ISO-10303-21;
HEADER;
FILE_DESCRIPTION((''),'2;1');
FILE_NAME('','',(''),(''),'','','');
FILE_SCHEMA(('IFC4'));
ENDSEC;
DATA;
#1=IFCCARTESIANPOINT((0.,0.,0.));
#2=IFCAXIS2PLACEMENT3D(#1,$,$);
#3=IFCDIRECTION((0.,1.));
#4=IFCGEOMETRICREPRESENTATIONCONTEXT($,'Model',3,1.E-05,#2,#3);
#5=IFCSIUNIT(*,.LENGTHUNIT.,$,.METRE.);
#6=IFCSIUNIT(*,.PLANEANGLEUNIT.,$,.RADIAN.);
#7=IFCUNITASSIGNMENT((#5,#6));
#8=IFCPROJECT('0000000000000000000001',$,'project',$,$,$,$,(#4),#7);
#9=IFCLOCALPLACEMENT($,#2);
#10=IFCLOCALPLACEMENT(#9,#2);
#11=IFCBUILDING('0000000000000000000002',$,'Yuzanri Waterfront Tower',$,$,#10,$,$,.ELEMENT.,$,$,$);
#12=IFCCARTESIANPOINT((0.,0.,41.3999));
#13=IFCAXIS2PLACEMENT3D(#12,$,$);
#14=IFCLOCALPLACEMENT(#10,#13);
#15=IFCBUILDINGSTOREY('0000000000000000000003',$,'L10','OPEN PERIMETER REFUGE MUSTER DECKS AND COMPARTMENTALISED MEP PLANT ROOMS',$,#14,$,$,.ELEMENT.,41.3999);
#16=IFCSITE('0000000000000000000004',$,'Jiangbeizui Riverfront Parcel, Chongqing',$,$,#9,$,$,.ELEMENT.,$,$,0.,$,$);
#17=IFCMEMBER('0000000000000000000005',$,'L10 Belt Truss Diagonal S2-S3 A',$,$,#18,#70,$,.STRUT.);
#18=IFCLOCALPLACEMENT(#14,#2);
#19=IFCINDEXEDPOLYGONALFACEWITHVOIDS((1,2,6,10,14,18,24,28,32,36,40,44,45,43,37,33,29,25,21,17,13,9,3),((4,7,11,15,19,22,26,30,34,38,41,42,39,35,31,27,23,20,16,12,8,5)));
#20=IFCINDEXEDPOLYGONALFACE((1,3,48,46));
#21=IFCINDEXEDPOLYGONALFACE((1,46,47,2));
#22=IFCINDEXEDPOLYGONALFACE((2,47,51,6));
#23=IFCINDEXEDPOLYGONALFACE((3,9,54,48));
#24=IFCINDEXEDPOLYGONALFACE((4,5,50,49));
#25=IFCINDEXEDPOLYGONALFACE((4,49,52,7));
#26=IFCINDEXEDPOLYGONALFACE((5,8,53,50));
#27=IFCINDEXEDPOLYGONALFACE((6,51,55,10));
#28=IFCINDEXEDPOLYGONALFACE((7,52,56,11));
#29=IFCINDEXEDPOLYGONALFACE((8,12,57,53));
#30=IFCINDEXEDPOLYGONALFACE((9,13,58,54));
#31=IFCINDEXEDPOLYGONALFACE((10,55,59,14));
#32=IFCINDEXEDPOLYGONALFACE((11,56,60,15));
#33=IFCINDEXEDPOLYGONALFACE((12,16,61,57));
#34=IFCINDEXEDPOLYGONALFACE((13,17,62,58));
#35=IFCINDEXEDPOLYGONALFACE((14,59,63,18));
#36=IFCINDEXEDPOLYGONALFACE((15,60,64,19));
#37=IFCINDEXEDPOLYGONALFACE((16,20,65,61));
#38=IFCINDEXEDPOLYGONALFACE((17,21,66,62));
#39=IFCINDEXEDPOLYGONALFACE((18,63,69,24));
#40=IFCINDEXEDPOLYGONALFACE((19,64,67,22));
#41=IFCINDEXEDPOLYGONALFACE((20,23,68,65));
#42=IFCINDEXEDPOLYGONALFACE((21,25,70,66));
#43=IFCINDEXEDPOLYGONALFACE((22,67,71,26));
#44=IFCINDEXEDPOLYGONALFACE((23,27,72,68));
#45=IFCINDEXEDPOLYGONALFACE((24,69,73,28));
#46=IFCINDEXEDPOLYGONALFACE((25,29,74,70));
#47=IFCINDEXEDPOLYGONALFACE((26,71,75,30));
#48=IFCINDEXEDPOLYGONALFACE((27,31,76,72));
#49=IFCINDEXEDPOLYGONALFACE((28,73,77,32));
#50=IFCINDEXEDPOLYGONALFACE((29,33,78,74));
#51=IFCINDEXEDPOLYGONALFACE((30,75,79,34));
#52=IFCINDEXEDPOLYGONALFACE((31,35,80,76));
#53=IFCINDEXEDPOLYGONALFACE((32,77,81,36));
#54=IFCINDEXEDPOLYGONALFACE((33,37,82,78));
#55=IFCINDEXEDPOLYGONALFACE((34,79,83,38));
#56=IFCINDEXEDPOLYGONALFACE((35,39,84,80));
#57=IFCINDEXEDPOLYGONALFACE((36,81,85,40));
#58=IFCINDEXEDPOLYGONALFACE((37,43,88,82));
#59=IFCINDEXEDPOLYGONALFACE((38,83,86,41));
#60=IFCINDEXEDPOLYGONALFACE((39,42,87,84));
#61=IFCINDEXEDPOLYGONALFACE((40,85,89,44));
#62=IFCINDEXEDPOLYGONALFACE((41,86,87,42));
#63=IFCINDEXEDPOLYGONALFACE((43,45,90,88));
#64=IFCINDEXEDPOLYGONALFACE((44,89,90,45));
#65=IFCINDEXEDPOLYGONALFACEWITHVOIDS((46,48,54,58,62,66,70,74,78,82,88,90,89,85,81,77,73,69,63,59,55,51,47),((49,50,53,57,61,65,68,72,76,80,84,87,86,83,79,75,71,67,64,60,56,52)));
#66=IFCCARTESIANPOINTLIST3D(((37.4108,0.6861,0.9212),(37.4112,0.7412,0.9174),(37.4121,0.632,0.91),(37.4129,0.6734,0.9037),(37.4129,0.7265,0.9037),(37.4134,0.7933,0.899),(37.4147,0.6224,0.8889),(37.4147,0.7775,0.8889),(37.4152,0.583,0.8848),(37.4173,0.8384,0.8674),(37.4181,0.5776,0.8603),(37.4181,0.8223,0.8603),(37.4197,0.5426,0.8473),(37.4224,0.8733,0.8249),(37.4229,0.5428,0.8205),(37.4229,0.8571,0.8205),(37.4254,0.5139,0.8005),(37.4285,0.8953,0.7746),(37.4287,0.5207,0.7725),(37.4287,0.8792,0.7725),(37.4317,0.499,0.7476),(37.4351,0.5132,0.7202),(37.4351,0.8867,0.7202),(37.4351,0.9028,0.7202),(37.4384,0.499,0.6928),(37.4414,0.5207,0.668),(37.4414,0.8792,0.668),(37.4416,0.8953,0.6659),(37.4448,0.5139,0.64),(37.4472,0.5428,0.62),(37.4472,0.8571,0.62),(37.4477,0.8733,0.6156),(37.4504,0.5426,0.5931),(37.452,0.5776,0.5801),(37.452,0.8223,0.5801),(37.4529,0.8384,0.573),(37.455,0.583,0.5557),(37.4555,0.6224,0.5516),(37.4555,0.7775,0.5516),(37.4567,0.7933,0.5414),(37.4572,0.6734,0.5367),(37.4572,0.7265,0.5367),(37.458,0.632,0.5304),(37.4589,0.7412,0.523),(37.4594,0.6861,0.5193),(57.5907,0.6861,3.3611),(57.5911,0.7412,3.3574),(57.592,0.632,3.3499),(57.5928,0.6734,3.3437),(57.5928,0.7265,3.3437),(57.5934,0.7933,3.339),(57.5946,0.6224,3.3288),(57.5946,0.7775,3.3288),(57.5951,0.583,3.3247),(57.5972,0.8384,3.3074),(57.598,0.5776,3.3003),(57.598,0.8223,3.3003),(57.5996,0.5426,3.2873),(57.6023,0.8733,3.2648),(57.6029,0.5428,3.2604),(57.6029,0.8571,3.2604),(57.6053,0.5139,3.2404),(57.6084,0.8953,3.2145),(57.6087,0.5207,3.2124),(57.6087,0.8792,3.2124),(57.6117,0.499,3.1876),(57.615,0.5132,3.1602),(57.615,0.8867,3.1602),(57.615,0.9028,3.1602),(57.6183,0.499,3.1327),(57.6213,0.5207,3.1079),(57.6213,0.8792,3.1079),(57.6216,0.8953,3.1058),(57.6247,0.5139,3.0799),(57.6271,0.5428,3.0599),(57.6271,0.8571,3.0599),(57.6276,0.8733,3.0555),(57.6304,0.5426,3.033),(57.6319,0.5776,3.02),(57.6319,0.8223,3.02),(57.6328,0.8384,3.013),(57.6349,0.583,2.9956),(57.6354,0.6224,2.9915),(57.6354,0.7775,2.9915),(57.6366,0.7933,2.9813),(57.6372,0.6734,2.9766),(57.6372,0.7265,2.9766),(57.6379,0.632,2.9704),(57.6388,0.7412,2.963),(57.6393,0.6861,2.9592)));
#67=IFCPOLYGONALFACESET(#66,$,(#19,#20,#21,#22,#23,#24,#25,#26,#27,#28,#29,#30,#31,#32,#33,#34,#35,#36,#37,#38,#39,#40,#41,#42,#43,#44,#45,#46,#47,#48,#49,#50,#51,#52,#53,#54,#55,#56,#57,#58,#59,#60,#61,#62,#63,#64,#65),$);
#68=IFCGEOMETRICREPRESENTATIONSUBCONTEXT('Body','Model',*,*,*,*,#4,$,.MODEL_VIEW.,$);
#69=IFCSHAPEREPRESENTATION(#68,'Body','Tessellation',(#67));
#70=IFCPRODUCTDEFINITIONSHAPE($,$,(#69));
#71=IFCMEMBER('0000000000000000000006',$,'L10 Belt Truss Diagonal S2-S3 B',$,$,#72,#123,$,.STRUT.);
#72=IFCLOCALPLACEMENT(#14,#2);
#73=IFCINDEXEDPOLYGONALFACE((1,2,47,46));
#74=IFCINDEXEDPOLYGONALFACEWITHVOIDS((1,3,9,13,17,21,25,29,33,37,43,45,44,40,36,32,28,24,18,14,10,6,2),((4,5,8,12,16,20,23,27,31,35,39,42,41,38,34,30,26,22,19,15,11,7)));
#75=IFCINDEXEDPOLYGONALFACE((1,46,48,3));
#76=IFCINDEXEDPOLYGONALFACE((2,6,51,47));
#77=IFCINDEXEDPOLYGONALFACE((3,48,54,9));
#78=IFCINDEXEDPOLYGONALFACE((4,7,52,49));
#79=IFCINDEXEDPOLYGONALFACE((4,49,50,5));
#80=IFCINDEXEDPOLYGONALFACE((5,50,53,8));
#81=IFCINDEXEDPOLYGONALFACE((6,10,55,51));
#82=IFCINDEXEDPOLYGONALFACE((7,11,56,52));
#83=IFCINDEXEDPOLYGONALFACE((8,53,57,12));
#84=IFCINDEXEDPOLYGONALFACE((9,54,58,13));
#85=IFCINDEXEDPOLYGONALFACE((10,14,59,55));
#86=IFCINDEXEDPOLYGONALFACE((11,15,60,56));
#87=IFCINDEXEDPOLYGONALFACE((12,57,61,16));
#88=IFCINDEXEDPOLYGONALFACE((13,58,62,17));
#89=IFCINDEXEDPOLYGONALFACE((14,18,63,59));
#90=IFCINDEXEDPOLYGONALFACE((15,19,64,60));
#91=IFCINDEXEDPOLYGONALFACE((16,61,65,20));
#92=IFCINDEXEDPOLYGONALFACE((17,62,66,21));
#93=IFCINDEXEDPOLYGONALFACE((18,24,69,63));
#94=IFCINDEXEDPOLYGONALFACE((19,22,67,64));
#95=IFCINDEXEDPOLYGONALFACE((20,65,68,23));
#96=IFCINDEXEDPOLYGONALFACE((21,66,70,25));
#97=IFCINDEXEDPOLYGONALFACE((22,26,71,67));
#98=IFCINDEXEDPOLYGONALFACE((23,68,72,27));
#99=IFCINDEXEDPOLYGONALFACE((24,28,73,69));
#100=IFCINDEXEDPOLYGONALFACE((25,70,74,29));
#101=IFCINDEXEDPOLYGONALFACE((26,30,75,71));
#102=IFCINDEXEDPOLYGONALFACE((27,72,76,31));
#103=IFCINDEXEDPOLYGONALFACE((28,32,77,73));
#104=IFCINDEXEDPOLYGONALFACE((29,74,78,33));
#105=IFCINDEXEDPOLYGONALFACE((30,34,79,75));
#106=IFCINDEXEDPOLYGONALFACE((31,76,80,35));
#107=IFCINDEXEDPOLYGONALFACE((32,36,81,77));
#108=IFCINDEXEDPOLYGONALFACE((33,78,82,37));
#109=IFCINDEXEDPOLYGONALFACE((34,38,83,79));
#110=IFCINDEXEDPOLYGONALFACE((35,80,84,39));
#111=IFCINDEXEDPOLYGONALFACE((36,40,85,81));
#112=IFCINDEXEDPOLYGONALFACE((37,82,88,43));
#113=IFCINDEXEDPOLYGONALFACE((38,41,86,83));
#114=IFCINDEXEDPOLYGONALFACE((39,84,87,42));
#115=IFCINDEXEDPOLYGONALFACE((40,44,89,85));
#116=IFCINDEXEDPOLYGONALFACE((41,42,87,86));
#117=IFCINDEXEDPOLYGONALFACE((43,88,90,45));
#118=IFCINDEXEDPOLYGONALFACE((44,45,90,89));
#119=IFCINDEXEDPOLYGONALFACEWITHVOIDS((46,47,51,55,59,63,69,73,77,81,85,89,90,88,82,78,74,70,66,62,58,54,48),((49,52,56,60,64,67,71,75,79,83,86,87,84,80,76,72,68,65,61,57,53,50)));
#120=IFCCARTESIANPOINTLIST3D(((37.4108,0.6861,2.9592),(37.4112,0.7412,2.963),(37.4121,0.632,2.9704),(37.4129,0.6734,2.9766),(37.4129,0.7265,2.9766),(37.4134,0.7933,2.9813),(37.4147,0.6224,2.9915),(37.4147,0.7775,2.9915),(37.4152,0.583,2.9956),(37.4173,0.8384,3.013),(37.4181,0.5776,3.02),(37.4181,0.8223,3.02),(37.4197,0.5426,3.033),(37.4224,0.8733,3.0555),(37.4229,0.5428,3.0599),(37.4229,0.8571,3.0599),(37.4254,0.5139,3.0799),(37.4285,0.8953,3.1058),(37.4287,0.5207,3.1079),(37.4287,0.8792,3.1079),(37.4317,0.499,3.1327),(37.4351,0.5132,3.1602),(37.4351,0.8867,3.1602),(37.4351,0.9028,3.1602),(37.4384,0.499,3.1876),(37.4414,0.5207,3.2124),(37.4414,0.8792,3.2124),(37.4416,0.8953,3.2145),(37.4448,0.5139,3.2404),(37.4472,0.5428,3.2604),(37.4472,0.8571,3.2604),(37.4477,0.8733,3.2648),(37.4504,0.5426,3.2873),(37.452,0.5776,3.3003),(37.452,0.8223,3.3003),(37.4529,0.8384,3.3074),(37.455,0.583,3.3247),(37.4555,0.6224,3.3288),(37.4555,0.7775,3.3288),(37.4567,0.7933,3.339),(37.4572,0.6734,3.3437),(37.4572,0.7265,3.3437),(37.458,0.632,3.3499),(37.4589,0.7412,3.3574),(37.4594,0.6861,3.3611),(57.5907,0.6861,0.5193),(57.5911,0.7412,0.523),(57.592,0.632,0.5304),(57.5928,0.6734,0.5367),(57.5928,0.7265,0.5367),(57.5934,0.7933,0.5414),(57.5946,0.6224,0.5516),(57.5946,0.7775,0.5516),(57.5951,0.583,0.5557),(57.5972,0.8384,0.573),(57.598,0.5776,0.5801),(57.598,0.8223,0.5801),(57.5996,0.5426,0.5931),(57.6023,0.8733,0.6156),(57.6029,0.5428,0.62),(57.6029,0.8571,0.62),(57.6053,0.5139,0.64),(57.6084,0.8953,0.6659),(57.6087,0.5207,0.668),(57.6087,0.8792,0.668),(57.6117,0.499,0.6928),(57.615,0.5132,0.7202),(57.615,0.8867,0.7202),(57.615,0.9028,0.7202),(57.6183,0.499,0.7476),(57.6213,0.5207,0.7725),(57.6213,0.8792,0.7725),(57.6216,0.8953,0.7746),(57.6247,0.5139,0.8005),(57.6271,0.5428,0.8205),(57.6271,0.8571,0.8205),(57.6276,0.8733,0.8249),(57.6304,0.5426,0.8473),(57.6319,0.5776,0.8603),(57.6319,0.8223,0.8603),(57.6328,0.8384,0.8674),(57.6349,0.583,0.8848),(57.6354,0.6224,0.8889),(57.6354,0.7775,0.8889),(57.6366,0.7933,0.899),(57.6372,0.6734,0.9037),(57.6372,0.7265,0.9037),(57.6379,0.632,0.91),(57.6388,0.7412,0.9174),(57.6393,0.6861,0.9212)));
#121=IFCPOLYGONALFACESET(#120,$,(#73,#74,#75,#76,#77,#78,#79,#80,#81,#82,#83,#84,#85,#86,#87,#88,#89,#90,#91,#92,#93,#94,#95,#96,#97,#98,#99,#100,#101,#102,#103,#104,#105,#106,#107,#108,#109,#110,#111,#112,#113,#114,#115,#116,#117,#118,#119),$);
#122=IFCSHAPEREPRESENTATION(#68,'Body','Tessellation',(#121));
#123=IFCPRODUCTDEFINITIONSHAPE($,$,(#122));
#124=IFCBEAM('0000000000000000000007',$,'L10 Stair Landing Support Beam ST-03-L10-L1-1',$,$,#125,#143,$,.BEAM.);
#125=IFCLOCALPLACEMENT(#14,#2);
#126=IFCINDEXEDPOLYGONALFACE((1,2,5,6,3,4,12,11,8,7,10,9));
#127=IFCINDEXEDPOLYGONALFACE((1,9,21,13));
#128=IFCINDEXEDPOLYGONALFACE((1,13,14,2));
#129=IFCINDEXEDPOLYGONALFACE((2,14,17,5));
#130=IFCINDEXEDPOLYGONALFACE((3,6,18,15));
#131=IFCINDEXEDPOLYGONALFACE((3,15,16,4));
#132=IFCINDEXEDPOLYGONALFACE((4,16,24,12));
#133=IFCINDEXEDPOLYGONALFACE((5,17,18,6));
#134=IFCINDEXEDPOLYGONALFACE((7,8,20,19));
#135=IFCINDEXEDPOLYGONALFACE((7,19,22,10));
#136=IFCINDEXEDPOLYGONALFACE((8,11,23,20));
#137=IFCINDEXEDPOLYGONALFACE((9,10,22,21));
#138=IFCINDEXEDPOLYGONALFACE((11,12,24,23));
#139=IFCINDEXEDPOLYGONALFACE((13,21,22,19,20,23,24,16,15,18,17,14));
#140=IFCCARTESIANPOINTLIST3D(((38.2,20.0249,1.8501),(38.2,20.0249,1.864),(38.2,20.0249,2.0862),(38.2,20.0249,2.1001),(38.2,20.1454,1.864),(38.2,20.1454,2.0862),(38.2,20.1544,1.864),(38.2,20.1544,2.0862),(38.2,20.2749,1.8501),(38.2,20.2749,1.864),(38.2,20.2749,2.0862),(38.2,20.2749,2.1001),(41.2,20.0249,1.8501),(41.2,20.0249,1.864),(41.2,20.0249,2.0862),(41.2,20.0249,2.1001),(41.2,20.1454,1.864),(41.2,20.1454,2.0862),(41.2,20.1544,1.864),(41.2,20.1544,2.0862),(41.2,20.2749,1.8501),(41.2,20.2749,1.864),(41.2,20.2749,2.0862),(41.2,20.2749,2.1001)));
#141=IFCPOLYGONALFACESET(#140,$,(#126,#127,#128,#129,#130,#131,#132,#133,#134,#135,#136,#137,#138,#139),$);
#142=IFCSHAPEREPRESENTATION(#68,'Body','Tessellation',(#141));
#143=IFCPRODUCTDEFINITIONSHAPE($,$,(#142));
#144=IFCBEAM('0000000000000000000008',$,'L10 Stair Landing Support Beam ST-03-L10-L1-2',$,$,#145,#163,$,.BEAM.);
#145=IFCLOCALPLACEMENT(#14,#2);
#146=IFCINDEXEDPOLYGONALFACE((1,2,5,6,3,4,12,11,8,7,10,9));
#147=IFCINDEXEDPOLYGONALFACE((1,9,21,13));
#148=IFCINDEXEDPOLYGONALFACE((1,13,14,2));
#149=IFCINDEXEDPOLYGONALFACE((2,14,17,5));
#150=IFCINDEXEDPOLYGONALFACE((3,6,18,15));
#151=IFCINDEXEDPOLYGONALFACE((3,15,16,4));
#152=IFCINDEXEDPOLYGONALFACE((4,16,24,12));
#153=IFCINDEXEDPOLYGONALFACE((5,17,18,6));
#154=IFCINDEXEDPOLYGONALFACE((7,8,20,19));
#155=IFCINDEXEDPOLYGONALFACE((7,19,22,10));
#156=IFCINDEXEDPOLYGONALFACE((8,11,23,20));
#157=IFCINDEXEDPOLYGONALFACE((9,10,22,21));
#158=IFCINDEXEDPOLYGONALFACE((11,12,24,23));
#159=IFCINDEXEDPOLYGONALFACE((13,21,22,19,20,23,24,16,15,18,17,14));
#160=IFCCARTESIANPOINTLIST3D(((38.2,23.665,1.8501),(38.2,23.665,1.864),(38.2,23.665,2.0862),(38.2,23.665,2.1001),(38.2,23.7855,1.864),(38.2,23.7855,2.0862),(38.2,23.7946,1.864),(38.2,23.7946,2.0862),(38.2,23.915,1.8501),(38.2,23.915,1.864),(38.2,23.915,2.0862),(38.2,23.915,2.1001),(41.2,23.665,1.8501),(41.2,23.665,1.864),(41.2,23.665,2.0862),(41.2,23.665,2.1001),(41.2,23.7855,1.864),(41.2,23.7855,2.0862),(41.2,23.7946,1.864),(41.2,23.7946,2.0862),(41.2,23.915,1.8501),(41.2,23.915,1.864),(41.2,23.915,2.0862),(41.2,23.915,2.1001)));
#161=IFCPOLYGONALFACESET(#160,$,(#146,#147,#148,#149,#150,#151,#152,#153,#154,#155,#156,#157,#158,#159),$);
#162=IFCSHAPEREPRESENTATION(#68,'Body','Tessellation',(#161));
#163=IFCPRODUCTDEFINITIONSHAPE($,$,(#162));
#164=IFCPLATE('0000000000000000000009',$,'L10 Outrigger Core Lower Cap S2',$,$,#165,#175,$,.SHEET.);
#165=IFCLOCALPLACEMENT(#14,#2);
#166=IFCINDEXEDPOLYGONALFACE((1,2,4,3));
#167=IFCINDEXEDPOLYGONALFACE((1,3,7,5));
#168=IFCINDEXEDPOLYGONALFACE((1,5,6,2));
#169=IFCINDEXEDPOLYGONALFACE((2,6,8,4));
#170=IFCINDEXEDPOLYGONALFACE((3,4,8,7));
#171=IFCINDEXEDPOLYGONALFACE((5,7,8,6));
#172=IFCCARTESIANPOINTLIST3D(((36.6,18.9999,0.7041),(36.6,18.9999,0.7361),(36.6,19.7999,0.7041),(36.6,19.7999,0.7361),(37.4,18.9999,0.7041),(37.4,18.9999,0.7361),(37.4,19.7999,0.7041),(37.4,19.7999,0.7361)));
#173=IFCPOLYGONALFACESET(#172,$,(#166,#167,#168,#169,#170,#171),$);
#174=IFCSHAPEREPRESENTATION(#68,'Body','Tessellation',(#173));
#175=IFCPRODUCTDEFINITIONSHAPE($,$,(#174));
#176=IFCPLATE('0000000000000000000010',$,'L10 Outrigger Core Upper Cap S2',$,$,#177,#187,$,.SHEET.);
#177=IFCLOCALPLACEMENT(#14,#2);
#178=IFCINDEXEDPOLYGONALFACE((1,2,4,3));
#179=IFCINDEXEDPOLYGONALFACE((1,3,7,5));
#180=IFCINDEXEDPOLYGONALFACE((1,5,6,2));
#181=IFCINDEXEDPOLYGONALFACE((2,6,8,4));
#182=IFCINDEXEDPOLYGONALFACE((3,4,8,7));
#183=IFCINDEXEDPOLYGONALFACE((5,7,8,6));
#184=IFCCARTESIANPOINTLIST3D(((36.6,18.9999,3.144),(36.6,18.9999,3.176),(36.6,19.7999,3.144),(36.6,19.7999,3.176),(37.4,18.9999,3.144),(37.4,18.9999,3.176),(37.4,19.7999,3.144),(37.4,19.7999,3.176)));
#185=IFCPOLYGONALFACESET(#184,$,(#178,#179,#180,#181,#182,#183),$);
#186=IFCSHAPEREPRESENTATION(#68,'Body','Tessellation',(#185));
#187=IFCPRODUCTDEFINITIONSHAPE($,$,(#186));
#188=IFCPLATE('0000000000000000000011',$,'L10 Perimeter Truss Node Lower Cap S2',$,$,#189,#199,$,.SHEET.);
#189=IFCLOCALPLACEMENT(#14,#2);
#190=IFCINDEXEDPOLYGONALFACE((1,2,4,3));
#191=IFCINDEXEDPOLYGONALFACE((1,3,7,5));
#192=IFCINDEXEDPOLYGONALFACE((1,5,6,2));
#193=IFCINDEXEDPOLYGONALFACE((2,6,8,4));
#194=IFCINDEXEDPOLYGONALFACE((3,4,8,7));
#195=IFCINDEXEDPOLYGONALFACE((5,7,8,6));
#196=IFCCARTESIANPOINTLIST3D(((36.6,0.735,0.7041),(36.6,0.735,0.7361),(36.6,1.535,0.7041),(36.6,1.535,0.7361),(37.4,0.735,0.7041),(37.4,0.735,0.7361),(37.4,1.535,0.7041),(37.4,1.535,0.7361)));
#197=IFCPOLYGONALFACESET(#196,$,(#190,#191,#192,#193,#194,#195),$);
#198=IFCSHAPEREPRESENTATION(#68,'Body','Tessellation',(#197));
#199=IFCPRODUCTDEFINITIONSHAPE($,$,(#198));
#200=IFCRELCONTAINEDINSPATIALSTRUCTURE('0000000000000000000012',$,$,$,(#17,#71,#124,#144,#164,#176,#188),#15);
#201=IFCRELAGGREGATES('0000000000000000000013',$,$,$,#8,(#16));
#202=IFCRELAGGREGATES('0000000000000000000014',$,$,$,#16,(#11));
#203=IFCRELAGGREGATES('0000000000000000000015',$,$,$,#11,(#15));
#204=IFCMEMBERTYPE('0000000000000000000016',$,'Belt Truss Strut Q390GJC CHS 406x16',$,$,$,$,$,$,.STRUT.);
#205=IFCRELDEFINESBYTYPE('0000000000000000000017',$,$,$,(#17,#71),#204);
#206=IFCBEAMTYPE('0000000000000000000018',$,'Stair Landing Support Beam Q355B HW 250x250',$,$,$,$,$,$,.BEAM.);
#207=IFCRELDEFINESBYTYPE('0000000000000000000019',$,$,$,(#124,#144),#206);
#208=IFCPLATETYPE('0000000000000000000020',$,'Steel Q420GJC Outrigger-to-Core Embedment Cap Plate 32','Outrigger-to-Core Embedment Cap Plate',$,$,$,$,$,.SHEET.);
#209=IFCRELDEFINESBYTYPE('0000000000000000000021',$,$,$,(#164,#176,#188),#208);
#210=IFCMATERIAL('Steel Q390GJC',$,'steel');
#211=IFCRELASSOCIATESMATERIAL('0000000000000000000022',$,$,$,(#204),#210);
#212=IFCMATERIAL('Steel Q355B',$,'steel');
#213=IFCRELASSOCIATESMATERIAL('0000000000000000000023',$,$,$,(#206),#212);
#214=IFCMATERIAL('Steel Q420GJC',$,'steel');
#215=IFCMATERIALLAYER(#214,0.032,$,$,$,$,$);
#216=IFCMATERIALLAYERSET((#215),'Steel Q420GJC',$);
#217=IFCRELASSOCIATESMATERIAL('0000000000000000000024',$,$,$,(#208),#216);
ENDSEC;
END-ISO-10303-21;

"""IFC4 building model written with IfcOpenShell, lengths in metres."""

from ifc_helpers import new_model, si_unit, direction, frame, origin, origin_2d, place, context, subcontext, project, spatial, rectangle, hollow_circle, i_section, extrude, source, transform, mapped, material, layer, layer_set, material_profile, profile_set, type_object, element, save


model = new_model("IFC4")

# Units and contexts
model_context = context("Model", 3, precision=1e-05, world=origin(), true_north=direction((0.0, 1.0)))
body_context = subcontext(model_context, "Body", "Model", "MODEL_VIEW")
ifc_project = project(units=[si_unit("LENGTHUNIT", "METRE"), si_unit("PLANEANGLEUNIT", "RADIAN")], contexts=[model_context])

# Site, building, storey
site_placement = place(None, origin())
site = spatial("IfcSite", under=ifc_project, at=site_placement, Name="Jiangbeizui Riverfront Parcel, Chongqing", CompositionType="ELEMENT", RefElevation=0.0)
building_placement = place(site_placement, origin())
building = spatial("IfcBuilding", under=site, at=building_placement, Name="Yuzanri Waterfront Tower", CompositionType="ELEMENT")
storey_placement = place(building_placement, frame((0.0, 0.0, 41.3999)))
storey = spatial("IfcBuildingStorey", under=building, at=storey_placement, Name="L10", Description="OPEN PERIMETER REFUGE MUSTER DECKS AND COMPARTMENTALISED MEP PLANT ROOMS", CompositionType="ELEMENT", Elevation=41.3999)

# Members
ifc_material_1 = material(Name="Steel Q390GJC", Category="steel")
ifc_material_profile_1 = material_profile(ifc_material_1, hollow_circle(Radius=0.2029, WallThickness=0.0161, at=origin_2d()), Name="CHS 406x16")
ifc_profile_set_1 = profile_set([ifc_material_profile_1], Name="Steel Q390GJC")
member_type_1 = type_object("IfcMemberType", Name="Belt Truss Strut Q390GJC CHS 406x16", PredefinedType="STRUT", material=ifc_profile_set_1)
shared_shape_1 = source(origin(), body_context, "Body", "SweptSolid", [
    extrude(hollow_circle(Radius=0.2029, WallThickness=0.0161, at=origin_2d()), origin(), (0.0, 0.0, 1.0), 20.3269),
])
for number, where, z_axis, x_axis, name in (
    (1, (37.4351, 0.7, 0.7202), (0.99277, 0.0, 0.120035), (0.0, 1.0, 0.0), "L10 Belt Truss Diagonal S2-S3 A"),
    (2, (37.4351, 0.7, 3.1602), (0.99277, 0.0, -0.120035), (0.0, 1.0, 0.0), "L10 Belt Truss Diagonal S2-S3 B"),
):
    element("IfcMember", number, at=place(storey_placement, frame(where, z_axis=z_axis, x_axis=x_axis)), inside=storey, type_object=member_type_1, Name=name, PredefinedType="STRUT", context=body_context, shape_type="MappedRepresentation", body=[
        mapped(shared_shape_1, transform((0.0, 0.0, 0.0), scale=1.0)),
    ])

# Beams
ifc_material_2 = material(Name="Steel Q355B", Category="steel")
ifc_material_profile_2 = material_profile(ifc_material_2, i_section(OverallWidth=0.25, OverallDepth=0.25, WebThickness=0.009, FlangeThickness=0.0139, at=origin_2d()), Name="HW 250x250x9x14")
ifc_profile_set_2 = profile_set([ifc_material_profile_2], Name="Steel Q355B")
beam_type_1 = type_object("IfcBeamType", Name="Stair Landing Support Beam Q355B HW 250x250", PredefinedType="BEAM", material=ifc_profile_set_2)
shared_shape_2 = source(origin(), body_context, "Body", "SweptSolid", [
    extrude(i_section(OverallWidth=0.25, OverallDepth=0.25, WebThickness=0.009, FlangeThickness=0.0139, at=origin_2d()), origin(), (0.0, 0.0, 1.0), 3.0),
])
for number, where, z_axis, x_axis, name in (
    (3, (38.2, 20.1499, 1.9751), (1.0, 0.0, 0.0), (0.0, 1.0, 0.0), "L10 Stair Landing Support Beam ST-03-L10-L1-1"),
    (4, (38.2, 23.79, 1.9751), (1.0, 0.0, 0.0), (0.0, 1.0, 0.0), "L10 Stair Landing Support Beam ST-03-L10-L1-2"),
):
    element("IfcBeam", number, at=place(storey_placement, frame(where, z_axis=z_axis, x_axis=x_axis)), inside=storey, type_object=beam_type_1, Name=name, PredefinedType="BEAM", context=body_context, shape_type="MappedRepresentation", body=[
        mapped(shared_shape_2, transform((0.0, 0.0, 0.0), scale=1.0)),
    ])

# Plates
ifc_material_3 = material(Name="Steel Q420GJC", Category="steel")
ifc_layer_1 = layer(ifc_material_3, 0.032)
ifc_layer_set_1 = layer_set([ifc_layer_1], Name="Steel Q420GJC")
plate_type = type_object("IfcPlateType", Name="Steel Q420GJC Outrigger-to-Core Embedment Cap Plate 32", Description="Outrigger-to-Core Embedment Cap Plate", PredefinedType="SHEET", material=ifc_layer_set_1)
shared_shape_3 = source(origin(), body_context, "Body", "SweptSolid", [
    extrude(rectangle(XDim=0.8, YDim=0.8, at=origin_2d()), origin(), (0.0, 0.0, 1.0), 0.032),
])
for number, where, z_axis, x_axis, name in (
    (5, (37.0, 19.3999, 0.7041), (0.0, 0.0, 1.0), (1.0, 0.0, 0.0), "L10 Outrigger Core Lower Cap S2"),
    (6, (37.0, 19.3999, 3.144), (0.0, 0.0, 1.0), (1.0, 0.0, 0.0), "L10 Outrigger Core Upper Cap S2"),
    (7, (37.0, 1.135, 0.7041), (0.0, 0.0, 1.0), (1.0, 0.0, 0.0), "L10 Perimeter Truss Node Lower Cap S2"),
):
    element("IfcPlate", number, at=place(storey_placement, frame(where, z_axis=z_axis, x_axis=x_axis)), inside=storey, type_object=plate_type, Name=name, PredefinedType="SHEET", context=body_context, shape_type="MappedRepresentation", body=[
        mapped(shared_shape_3, transform((0.0, 0.0, 0.0), scale=1.0)),
    ])

save(model, "model.ifc")
